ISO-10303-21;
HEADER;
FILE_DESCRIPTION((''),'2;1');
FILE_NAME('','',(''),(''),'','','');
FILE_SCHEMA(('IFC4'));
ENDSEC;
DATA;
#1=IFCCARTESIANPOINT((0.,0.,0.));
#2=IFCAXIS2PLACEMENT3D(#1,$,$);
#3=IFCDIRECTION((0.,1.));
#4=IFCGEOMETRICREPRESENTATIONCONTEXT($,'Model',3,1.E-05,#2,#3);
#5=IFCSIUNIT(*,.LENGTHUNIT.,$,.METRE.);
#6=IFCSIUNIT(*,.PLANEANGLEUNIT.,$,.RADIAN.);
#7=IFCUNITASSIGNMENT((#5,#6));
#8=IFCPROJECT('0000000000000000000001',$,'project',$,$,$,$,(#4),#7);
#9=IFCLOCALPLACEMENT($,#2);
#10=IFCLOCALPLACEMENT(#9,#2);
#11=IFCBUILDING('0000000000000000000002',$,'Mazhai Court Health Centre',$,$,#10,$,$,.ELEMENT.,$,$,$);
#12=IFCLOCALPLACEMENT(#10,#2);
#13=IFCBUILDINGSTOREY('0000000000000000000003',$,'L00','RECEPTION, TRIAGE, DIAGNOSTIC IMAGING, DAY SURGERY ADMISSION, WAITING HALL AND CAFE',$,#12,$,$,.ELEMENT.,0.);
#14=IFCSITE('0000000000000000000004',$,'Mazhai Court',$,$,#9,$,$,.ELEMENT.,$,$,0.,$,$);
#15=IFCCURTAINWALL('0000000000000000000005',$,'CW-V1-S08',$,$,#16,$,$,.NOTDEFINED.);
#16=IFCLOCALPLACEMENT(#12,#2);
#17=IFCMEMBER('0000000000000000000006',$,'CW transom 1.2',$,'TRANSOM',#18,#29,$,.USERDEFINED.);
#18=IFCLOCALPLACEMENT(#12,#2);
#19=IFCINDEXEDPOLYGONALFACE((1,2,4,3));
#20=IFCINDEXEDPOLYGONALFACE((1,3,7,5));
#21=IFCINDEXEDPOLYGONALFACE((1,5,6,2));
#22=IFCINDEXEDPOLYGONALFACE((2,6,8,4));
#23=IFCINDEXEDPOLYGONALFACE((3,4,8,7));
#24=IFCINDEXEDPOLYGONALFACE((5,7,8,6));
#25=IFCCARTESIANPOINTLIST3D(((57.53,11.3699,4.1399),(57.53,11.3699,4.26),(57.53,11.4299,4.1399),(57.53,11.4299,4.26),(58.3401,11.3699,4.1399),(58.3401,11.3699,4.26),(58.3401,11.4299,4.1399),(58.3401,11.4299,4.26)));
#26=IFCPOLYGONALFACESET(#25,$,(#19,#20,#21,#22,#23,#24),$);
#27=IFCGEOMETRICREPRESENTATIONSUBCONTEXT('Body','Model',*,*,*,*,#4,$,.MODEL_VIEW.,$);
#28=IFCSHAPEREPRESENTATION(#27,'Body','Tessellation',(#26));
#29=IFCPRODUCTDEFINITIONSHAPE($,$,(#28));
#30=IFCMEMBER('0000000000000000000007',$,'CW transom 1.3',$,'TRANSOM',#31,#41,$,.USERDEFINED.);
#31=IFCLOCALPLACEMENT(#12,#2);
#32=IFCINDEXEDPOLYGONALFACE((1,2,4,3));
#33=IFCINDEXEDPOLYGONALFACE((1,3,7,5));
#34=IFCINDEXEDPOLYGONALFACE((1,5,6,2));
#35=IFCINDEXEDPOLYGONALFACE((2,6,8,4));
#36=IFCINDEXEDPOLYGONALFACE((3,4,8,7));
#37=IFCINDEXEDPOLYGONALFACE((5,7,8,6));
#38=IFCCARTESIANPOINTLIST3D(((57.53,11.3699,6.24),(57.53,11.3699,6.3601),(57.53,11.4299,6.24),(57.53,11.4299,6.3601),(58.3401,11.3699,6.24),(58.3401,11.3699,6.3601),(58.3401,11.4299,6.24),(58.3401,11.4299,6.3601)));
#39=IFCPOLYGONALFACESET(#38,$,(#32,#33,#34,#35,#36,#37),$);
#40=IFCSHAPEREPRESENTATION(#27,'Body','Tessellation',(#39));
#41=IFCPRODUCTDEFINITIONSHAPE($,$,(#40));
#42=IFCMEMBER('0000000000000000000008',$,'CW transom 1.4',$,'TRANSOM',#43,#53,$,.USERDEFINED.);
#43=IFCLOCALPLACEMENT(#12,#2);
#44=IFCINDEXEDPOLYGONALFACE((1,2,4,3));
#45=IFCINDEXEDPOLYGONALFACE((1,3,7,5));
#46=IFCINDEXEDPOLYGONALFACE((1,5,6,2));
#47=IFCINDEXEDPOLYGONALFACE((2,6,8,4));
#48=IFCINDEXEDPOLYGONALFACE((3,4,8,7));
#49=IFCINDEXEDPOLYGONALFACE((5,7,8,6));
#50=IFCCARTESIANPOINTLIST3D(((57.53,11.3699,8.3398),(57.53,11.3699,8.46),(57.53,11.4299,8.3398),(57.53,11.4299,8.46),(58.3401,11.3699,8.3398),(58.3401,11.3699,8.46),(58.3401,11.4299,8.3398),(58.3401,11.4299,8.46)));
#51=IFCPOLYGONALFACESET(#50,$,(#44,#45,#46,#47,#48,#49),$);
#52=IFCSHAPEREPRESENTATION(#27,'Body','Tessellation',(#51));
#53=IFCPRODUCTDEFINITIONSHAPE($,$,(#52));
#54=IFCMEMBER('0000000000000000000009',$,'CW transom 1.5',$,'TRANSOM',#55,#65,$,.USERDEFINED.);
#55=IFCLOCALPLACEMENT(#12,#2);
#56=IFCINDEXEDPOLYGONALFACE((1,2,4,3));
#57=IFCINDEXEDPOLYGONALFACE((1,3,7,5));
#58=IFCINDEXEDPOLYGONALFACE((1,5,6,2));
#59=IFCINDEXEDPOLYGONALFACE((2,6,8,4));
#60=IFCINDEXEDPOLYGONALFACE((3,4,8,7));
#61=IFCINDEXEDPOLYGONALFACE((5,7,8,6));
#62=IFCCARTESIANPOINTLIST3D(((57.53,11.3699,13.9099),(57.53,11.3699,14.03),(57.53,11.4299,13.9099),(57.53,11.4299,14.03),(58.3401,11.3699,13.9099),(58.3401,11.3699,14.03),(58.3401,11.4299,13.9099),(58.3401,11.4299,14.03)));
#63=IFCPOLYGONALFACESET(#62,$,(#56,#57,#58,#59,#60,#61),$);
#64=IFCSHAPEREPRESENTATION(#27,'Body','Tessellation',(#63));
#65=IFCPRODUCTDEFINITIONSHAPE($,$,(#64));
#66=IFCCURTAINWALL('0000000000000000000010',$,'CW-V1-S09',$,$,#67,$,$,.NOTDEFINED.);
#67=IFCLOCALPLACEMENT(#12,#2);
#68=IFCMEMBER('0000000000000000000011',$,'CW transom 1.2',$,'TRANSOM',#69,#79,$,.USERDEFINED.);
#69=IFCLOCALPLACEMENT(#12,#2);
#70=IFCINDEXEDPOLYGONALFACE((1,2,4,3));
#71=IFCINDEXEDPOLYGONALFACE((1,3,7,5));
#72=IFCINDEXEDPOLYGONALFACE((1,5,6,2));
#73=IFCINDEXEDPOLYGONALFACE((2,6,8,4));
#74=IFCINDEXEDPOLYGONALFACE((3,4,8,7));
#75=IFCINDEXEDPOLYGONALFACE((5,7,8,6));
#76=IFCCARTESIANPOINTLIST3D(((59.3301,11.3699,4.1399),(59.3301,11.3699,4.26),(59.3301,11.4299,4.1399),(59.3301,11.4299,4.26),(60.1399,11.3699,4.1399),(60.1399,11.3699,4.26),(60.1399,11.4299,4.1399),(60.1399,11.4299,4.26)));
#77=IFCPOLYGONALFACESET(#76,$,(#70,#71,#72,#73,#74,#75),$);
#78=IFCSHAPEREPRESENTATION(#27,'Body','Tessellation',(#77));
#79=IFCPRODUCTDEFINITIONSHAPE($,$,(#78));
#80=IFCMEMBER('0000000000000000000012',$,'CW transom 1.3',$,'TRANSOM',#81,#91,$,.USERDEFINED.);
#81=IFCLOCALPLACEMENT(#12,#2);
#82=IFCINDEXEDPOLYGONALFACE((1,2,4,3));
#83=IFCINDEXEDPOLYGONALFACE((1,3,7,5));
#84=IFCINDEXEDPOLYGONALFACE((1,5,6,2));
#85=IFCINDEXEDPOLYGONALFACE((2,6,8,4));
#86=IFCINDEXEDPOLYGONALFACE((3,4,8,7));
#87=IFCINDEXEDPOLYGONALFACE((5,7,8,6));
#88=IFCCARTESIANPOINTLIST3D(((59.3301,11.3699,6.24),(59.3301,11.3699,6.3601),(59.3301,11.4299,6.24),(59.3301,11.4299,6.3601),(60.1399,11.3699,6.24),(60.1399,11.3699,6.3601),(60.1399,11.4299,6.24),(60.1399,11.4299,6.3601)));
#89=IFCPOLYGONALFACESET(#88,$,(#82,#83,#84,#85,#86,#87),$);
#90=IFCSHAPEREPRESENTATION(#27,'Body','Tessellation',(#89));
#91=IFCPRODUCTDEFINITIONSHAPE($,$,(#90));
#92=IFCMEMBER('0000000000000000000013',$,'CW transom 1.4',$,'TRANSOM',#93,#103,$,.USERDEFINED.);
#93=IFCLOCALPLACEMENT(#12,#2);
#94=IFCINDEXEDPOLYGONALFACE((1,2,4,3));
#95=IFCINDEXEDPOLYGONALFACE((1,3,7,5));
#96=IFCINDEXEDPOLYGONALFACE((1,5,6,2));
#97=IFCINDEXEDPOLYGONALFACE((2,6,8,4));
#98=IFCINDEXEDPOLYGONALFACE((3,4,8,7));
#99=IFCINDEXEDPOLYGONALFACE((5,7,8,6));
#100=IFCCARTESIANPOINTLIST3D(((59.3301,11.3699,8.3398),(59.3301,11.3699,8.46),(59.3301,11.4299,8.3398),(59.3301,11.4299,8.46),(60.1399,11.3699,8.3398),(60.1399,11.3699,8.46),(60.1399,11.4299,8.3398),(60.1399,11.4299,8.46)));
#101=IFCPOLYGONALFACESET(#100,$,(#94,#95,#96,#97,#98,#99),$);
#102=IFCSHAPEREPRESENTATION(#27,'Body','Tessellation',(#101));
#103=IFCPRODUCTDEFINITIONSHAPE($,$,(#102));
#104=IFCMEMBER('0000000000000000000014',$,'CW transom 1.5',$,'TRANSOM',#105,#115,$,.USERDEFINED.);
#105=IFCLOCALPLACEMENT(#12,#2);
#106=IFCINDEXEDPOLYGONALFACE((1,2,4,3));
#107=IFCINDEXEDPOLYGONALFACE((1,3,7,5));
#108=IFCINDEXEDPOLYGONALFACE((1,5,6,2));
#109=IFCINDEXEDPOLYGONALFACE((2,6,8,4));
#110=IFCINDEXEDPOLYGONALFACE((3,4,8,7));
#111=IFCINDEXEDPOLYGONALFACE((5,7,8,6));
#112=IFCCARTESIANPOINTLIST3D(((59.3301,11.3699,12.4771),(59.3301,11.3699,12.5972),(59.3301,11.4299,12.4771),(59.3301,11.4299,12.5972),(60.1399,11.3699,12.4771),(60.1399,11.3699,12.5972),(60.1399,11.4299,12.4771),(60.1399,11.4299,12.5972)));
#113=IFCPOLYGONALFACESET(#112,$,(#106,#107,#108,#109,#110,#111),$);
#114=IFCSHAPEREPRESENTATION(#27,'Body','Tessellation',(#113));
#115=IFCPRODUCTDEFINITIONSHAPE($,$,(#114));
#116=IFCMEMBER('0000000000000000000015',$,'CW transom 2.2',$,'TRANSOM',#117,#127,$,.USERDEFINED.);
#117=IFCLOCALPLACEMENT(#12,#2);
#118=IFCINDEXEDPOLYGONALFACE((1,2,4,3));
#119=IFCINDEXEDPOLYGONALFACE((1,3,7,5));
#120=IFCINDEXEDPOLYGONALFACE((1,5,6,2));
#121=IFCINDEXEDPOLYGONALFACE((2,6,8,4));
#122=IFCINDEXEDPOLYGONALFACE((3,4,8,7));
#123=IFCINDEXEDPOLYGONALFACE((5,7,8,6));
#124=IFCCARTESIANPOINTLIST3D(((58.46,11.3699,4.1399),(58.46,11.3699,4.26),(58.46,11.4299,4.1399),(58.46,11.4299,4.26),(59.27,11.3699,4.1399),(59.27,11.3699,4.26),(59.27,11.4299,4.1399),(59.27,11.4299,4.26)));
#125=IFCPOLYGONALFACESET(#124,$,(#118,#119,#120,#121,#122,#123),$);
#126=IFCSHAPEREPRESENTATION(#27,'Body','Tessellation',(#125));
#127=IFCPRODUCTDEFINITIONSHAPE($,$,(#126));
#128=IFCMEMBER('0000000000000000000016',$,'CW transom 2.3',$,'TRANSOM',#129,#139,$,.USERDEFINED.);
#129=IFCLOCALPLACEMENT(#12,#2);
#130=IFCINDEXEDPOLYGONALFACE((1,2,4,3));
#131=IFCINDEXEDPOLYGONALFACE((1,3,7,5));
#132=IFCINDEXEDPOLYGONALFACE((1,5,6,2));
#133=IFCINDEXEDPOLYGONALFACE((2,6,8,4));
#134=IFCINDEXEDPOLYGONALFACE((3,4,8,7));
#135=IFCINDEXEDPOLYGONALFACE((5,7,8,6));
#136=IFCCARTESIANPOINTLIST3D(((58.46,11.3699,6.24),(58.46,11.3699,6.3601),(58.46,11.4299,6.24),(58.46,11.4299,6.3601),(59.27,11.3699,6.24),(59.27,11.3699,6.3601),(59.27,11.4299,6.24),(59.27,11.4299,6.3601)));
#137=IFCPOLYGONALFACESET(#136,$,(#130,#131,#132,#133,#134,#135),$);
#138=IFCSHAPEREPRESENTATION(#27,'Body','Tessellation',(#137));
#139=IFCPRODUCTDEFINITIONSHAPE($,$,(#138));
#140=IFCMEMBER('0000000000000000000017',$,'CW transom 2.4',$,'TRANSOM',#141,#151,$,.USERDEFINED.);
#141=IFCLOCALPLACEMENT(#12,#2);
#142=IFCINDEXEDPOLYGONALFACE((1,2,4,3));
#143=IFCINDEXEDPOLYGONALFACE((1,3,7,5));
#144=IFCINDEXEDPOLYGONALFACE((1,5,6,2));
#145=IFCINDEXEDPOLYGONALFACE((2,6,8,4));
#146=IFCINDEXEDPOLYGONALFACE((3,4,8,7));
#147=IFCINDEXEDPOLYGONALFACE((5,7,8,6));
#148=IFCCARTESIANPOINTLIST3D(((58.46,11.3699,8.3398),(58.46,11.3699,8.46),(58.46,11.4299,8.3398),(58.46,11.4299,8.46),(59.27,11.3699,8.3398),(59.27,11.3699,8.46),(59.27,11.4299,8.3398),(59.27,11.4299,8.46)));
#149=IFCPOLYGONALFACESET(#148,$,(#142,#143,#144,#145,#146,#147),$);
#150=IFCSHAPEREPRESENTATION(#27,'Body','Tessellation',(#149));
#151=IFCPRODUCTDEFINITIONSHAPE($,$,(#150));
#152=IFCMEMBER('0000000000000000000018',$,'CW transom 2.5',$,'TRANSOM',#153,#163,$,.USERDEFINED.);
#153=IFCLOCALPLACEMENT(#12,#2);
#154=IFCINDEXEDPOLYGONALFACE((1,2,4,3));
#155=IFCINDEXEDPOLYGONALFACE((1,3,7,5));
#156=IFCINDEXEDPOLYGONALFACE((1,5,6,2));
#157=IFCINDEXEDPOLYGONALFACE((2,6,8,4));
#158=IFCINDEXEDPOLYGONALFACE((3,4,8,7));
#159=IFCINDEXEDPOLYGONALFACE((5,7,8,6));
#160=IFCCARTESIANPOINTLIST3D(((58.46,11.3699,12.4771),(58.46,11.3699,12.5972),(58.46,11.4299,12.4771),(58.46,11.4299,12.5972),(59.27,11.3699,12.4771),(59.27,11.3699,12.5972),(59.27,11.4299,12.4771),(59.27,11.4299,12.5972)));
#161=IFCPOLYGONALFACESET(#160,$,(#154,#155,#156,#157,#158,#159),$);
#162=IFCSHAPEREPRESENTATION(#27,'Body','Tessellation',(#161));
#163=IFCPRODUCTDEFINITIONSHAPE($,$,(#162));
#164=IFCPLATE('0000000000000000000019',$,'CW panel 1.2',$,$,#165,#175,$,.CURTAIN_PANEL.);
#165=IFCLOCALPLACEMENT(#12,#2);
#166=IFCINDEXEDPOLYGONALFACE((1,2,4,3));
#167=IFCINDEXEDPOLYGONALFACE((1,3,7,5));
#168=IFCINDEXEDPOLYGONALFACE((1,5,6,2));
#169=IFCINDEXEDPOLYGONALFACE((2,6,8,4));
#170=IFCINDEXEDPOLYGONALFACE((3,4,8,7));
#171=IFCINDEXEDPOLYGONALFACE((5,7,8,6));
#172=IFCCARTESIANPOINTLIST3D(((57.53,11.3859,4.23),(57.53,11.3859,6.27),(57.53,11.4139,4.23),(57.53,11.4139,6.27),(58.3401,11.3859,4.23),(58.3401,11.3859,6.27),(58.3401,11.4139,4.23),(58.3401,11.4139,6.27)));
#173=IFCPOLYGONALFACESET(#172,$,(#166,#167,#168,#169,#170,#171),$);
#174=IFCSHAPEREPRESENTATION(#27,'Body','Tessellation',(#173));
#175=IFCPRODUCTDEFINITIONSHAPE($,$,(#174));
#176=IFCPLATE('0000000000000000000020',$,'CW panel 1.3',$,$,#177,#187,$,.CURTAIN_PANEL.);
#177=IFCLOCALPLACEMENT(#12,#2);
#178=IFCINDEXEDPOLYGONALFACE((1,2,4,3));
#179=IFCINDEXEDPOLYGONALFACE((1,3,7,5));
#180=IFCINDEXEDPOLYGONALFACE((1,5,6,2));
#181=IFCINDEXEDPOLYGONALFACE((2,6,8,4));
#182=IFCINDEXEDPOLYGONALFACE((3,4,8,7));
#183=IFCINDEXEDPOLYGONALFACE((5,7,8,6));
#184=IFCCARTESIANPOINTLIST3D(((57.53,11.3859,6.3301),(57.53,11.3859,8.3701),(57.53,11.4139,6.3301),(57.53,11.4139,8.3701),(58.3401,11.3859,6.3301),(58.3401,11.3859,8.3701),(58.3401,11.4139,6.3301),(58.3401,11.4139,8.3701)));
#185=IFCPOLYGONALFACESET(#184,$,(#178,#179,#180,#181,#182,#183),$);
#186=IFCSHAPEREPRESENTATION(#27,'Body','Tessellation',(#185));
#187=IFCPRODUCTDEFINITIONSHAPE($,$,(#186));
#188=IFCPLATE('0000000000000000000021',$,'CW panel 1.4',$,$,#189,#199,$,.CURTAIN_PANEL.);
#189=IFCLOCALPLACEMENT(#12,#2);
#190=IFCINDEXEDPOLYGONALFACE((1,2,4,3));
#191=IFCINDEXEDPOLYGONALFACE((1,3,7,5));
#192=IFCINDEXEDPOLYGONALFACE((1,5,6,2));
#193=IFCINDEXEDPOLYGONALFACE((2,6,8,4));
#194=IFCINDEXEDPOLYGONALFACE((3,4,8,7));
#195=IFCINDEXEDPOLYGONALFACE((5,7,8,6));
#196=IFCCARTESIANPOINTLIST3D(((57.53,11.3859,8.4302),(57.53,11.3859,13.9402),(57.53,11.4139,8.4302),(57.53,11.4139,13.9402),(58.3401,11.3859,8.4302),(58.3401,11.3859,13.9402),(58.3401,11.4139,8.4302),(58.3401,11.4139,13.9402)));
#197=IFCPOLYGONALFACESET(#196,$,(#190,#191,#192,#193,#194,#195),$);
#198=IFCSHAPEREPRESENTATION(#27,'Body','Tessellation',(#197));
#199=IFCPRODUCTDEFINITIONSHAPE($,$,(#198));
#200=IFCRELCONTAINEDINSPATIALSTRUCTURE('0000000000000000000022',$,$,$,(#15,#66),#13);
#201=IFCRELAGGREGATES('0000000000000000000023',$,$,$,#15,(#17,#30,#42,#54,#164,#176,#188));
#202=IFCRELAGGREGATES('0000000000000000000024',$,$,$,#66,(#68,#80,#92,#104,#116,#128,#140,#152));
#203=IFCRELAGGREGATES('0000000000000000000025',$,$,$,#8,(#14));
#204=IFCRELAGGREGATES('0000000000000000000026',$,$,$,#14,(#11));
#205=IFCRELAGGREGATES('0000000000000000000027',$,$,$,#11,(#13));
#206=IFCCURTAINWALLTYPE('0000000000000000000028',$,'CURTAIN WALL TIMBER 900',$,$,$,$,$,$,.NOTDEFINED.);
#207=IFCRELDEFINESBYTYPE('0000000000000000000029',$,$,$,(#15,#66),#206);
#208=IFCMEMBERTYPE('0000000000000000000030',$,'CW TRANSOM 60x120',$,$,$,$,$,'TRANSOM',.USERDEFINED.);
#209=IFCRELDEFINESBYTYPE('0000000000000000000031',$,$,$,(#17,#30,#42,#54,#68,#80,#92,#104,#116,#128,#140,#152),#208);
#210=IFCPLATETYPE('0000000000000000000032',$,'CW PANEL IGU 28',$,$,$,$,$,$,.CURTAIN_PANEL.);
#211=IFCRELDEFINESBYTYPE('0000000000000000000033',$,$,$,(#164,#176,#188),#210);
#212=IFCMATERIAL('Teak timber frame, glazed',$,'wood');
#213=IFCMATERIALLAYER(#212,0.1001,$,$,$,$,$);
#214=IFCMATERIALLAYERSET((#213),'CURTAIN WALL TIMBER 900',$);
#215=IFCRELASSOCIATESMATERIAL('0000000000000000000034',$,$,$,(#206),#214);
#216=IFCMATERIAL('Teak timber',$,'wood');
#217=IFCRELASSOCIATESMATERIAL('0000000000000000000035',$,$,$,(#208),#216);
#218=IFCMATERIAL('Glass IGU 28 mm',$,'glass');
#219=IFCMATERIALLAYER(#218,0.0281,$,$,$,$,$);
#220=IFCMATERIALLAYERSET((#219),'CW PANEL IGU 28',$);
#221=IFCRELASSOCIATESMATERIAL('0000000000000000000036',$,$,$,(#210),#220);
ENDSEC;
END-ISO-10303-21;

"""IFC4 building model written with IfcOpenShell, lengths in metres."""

from ifc_helpers import new_model, si_unit, direction, frame, origin, origin_2d, place, context, subcontext, project, spatial, rectangle, extrude, material, layer, layer_set, material_profile, profile_set, type_object, element, aggregate, save


model = new_model("IFC4")

# Units and contexts
model_context = context("Model", 3, precision=1e-05, world=origin(), true_north=direction((0.0, 1.0)))
body_context = subcontext(model_context, "Body", "Model", "MODEL_VIEW")
ifc_project = project(units=[si_unit("LENGTHUNIT", "METRE"), si_unit("PLANEANGLEUNIT", "RADIAN")], contexts=[model_context])

# Site, building, storey
site_placement = place(None, origin())
site = spatial("IfcSite", under=ifc_project, at=site_placement, Name="Mazhai Court", CompositionType="ELEMENT", RefElevation=0.0)
building_placement = place(site_placement, origin())
building = spatial("IfcBuilding", under=site, at=building_placement, Name="Mazhai Court Health Centre", CompositionType="ELEMENT")
storey_placement = place(building_placement, origin())
storey = spatial("IfcBuildingStorey", under=building, at=storey_placement, Name="L00", Description="RECEPTION, TRIAGE, DIAGNOSTIC IMAGING, DAY SURGERY ADMISSION, WAITING HALL AND CAFE", CompositionType="ELEMENT", Elevation=0.0)

# Curtain walls, members
ifc_material_1 = material(Name="Teak timber frame, glazed", Category="wood")
ifc_layer_1 = layer(ifc_material_1, 0.1001)
ifc_layer_set_1 = layer_set([ifc_layer_1], Name="CURTAIN WALL TIMBER 900")
curtain_wall_type = type_object("IfcCurtainWallType", Name="CURTAIN WALL TIMBER 900", PredefinedType="NOTDEFINED", material=ifc_layer_set_1)
curtain_wall_1_placement = place(storey_placement, origin())
curtain_wall_1 = element("IfcCurtainWall", 1, at=curtain_wall_1_placement, inside=storey, type_object=curtain_wall_type, Name="CW-V1-S08", PredefinedType="NOTDEFINED")
ifc_material_2 = material(Name="Teak timber", Category="wood")
ifc_material_profile = material_profile(ifc_material_2, rectangle(XDim=0.0601, YDim=0.1201, at=origin_2d()), Name="CW TRANSOM 60x120")
ifc_profile_set = profile_set([ifc_material_profile], Name="Teak timber")
member_type = type_object("IfcMemberType", Name="CW TRANSOM 60x120", ElementType="TRANSOM", PredefinedType="USERDEFINED", material=ifc_profile_set)
member_1_placement = place(storey_placement, frame((58.3401, 11.3999, 4.2), z_axis=(-1.0, 0.0, 0.0), x_axis=(0.0, -1.0, 0.0)))
member_1 = element("IfcMember", 2, at=member_1_placement, type_object=member_type, Name="CW transom 1.2", ObjectType="TRANSOM", PredefinedType="USERDEFINED", context=body_context, shape_type="SweptSolid", body=[
    extrude(rectangle(XDim=0.0601, YDim=0.1201, at=origin_2d()), origin(), (0.0, 0.0, 1.0), 0.8101),
])
member_2_placement = place(storey_placement, frame((58.3401, 11.3999, 6.3), z_axis=(-1.0, 0.0, 0.0), x_axis=(0.0, -1.0, 0.0)))
member_2 = element("IfcMember", 3, at=member_2_placement, type_object=member_type, Name="CW transom 1.3", ObjectType="TRANSOM", PredefinedType="USERDEFINED", context=body_context, shape_type="SweptSolid", body=[
    extrude(rectangle(XDim=0.0601, YDim=0.1201, at=origin_2d()), origin(), (0.0, 0.0, 1.0), 0.8101),
])
member_3_placement = place(storey_placement, frame((58.3401, 11.3999, 8.3999), z_axis=(-1.0, 0.0, 0.0), x_axis=(0.0, -1.0, 0.0)))
member_3 = element("IfcMember", 4, at=member_3_placement, type_object=member_type, Name="CW transom 1.4", ObjectType="TRANSOM", PredefinedType="USERDEFINED", context=body_context, shape_type="SweptSolid", body=[
    extrude(rectangle(XDim=0.0601, YDim=0.1201, at=origin_2d()), origin(), (0.0, 0.0, 1.0), 0.8101),
])
member_4_placement = place(storey_placement, frame((58.3401, 11.3999, 13.97), z_axis=(-1.0, 0.0, 0.0), x_axis=(0.0, -1.0, 0.0)))
member_4 = element("IfcMember", 5, at=member_4_placement, type_object=member_type, Name="CW transom 1.5", ObjectType="TRANSOM", PredefinedType="USERDEFINED", context=body_context, shape_type="SweptSolid", body=[
    extrude(rectangle(XDim=0.0601, YDim=0.1201, at=origin_2d()), origin(), (0.0, 0.0, 1.0), 0.8101),
])
curtain_wall_2_placement = place(storey_placement, origin())
curtain_wall_2 = element("IfcCurtainWall", 6, at=curtain_wall_2_placement, inside=storey, type_object=curtain_wall_type, Name="CW-V1-S09", PredefinedType="NOTDEFINED")
member_5_placement = place(storey_placement, frame((60.1399, 11.3999, 4.2), z_axis=(-1.0, 0.0, 0.0), x_axis=(0.0, -1.0, 0.0)))
member_5 = element("IfcMember", 7, at=member_5_placement, type_object=member_type, Name="CW transom 1.2", ObjectType="TRANSOM", PredefinedType="USERDEFINED", context=body_context, shape_type="SweptSolid", body=[
    extrude(rectangle(XDim=0.0601, YDim=0.1201, at=origin_2d()), origin(), (0.0, 0.0, 1.0), 0.8098),
])
member_6_placement = place(storey_placement, frame((60.1399, 11.3999, 6.3), z_axis=(-1.0, 0.0, 0.0), x_axis=(0.0, -1.0, 0.0)))
member_6 = element("IfcMember", 8, at=member_6_placement, type_object=member_type, Name="CW transom 1.3", ObjectType="TRANSOM", PredefinedType="USERDEFINED", context=body_context, shape_type="SweptSolid", body=[
    extrude(rectangle(XDim=0.0601, YDim=0.1201, at=origin_2d()), origin(), (0.0, 0.0, 1.0), 0.8098),
])
member_7_placement = place(storey_placement, frame((60.1399, 11.3999, 8.3999), z_axis=(-1.0, 0.0, 0.0), x_axis=(0.0, -1.0, 0.0)))
member_7 = element("IfcMember", 9, at=member_7_placement, type_object=member_type, Name="CW transom 1.4", ObjectType="TRANSOM", PredefinedType="USERDEFINED", context=body_context, shape_type="SweptSolid", body=[
    extrude(rectangle(XDim=0.0601, YDim=0.1201, at=origin_2d()), origin(), (0.0, 0.0, 1.0), 0.8098),
])
member_8_placement = place(storey_placement, frame((60.1399, 11.3999, 12.5371), z_axis=(-1.0, 0.0, 0.0), x_axis=(0.0, -1.0, 0.0)))
member_8 = element("IfcMember", 10, at=member_8_placement, type_object=member_type, Name="CW transom 1.5", ObjectType="TRANSOM", PredefinedType="USERDEFINED", context=body_context, shape_type="SweptSolid", body=[
    extrude(rectangle(XDim=0.0601, YDim=0.1201, at=origin_2d()), origin(), (0.0, 0.0, 1.0), 0.8098),
])
member_9_placement = place(storey_placement, frame((59.27, 11.3999, 4.2), z_axis=(-1.0, 0.0, 0.0), x_axis=(0.0, -1.0, 0.0)))
member_9 = element("IfcMember", 11, at=member_9_placement, type_object=member_type, Name="CW transom 2.2", ObjectType="TRANSOM", PredefinedType="USERDEFINED", context=body_context, shape_type="SweptSolid", body=[
    extrude(rectangle(XDim=0.0601, YDim=0.1201, at=origin_2d()), origin(), (0.0, 0.0, 1.0), 0.8101),
])
member_10_placement = place(storey_placement, frame((59.27, 11.3999, 6.3), z_axis=(-1.0, 0.0, 0.0), x_axis=(0.0, -1.0, 0.0)))
member_10 = element("IfcMember", 12, at=member_10_placement, type_object=member_type, Name="CW transom 2.3", ObjectType="TRANSOM", PredefinedType="USERDEFINED", context=body_context, shape_type="SweptSolid", body=[
    extrude(rectangle(XDim=0.0601, YDim=0.1201, at=origin_2d()), origin(), (0.0, 0.0, 1.0), 0.8101),
])
member_11_placement = place(storey_placement, frame((59.27, 11.3999, 8.3999), z_axis=(-1.0, 0.0, 0.0), x_axis=(0.0, -1.0, 0.0)))
member_11 = element("IfcMember", 13, at=member_11_placement, type_object=member_type, Name="CW transom 2.4", ObjectType="TRANSOM", PredefinedType="USERDEFINED", context=body_context, shape_type="SweptSolid", body=[
    extrude(rectangle(XDim=0.0601, YDim=0.1201, at=origin_2d()), origin(), (0.0, 0.0, 1.0), 0.8101),
])
member_12_placement = place(storey_placement, frame((59.27, 11.3999, 12.5371), z_axis=(-1.0, 0.0, 0.0), x_axis=(0.0, -1.0, 0.0)))
member_12 = element("IfcMember", 14, at=member_12_placement, type_object=member_type, Name="CW transom 2.5", ObjectType="TRANSOM", PredefinedType="USERDEFINED", context=body_context, shape_type="SweptSolid", body=[
    extrude(rectangle(XDim=0.0601, YDim=0.1201, at=origin_2d()), origin(), (0.0, 0.0, 1.0), 0.8101),
])

# Plates
ifc_material_3 = material(Name="Glass IGU 28 mm", Category="glass")
ifc_layer_2 = layer(ifc_material_3, 0.0281)
ifc_layer_set_2 = layer_set([ifc_layer_2], Name="CW PANEL IGU 28")
plate_type_1 = type_object("IfcPlateType", Name="CW PANEL IGU 28", PredefinedType="CURTAIN_PANEL", material=ifc_layer_set_2)
plate_1_placement = place(storey_placement, frame((57.9351, 11.3999, 4.23), z_axis=(0.0, 0.0, 1.0), x_axis=(-1.0, 0.0, 0.0)))
plate_1 = element("IfcPlate", 15, at=plate_1_placement, type_object=plate_type_1, Name="CW panel 1.2", PredefinedType="CURTAIN_PANEL", context=body_context, shape_type="SweptSolid", body=[
    extrude(rectangle(XDim=0.8101, YDim=0.0281, at=origin_2d()), origin(), (0.0, 0.0, 1.0), 2.04),
])
plate_2_placement = place(storey_placement, frame((57.9351, 11.3999, 6.3301), z_axis=(0.0, 0.0, 1.0), x_axis=(-1.0, 0.0, 0.0)))
plate_2 = element("IfcPlate", 16, at=plate_2_placement, type_object=plate_type_1, Name="CW panel 1.3", PredefinedType="CURTAIN_PANEL", context=body_context, shape_type="SweptSolid", body=[
    extrude(rectangle(XDim=0.8101, YDim=0.0281, at=origin_2d()), origin(), (0.0, 0.0, 1.0), 2.04),
])
plate_3_placement = place(storey_placement, frame((57.9351, 11.3999, 8.4302), z_axis=(0.0, 0.0, 1.0), x_axis=(-1.0, 0.0, 0.0)))
plate_3 = element("IfcPlate", 17, at=plate_3_placement, type_object=plate_type_1, Name="CW panel 1.4", PredefinedType="CURTAIN_PANEL", context=body_context, shape_type="SweptSolid", body=[
    extrude(rectangle(XDim=0.8101, YDim=0.0281, at=origin_2d()), origin(), (0.0, 0.0, 1.0), 5.51),
])
aggregate(curtain_wall_1, [member_1, member_2, member_3, member_4, plate_1, plate_2, plate_3])
aggregate(curtain_wall_2, [member_5, member_6, member_7, member_8, member_9, member_10, member_11, member_12])

save(model, "model.ifc")
